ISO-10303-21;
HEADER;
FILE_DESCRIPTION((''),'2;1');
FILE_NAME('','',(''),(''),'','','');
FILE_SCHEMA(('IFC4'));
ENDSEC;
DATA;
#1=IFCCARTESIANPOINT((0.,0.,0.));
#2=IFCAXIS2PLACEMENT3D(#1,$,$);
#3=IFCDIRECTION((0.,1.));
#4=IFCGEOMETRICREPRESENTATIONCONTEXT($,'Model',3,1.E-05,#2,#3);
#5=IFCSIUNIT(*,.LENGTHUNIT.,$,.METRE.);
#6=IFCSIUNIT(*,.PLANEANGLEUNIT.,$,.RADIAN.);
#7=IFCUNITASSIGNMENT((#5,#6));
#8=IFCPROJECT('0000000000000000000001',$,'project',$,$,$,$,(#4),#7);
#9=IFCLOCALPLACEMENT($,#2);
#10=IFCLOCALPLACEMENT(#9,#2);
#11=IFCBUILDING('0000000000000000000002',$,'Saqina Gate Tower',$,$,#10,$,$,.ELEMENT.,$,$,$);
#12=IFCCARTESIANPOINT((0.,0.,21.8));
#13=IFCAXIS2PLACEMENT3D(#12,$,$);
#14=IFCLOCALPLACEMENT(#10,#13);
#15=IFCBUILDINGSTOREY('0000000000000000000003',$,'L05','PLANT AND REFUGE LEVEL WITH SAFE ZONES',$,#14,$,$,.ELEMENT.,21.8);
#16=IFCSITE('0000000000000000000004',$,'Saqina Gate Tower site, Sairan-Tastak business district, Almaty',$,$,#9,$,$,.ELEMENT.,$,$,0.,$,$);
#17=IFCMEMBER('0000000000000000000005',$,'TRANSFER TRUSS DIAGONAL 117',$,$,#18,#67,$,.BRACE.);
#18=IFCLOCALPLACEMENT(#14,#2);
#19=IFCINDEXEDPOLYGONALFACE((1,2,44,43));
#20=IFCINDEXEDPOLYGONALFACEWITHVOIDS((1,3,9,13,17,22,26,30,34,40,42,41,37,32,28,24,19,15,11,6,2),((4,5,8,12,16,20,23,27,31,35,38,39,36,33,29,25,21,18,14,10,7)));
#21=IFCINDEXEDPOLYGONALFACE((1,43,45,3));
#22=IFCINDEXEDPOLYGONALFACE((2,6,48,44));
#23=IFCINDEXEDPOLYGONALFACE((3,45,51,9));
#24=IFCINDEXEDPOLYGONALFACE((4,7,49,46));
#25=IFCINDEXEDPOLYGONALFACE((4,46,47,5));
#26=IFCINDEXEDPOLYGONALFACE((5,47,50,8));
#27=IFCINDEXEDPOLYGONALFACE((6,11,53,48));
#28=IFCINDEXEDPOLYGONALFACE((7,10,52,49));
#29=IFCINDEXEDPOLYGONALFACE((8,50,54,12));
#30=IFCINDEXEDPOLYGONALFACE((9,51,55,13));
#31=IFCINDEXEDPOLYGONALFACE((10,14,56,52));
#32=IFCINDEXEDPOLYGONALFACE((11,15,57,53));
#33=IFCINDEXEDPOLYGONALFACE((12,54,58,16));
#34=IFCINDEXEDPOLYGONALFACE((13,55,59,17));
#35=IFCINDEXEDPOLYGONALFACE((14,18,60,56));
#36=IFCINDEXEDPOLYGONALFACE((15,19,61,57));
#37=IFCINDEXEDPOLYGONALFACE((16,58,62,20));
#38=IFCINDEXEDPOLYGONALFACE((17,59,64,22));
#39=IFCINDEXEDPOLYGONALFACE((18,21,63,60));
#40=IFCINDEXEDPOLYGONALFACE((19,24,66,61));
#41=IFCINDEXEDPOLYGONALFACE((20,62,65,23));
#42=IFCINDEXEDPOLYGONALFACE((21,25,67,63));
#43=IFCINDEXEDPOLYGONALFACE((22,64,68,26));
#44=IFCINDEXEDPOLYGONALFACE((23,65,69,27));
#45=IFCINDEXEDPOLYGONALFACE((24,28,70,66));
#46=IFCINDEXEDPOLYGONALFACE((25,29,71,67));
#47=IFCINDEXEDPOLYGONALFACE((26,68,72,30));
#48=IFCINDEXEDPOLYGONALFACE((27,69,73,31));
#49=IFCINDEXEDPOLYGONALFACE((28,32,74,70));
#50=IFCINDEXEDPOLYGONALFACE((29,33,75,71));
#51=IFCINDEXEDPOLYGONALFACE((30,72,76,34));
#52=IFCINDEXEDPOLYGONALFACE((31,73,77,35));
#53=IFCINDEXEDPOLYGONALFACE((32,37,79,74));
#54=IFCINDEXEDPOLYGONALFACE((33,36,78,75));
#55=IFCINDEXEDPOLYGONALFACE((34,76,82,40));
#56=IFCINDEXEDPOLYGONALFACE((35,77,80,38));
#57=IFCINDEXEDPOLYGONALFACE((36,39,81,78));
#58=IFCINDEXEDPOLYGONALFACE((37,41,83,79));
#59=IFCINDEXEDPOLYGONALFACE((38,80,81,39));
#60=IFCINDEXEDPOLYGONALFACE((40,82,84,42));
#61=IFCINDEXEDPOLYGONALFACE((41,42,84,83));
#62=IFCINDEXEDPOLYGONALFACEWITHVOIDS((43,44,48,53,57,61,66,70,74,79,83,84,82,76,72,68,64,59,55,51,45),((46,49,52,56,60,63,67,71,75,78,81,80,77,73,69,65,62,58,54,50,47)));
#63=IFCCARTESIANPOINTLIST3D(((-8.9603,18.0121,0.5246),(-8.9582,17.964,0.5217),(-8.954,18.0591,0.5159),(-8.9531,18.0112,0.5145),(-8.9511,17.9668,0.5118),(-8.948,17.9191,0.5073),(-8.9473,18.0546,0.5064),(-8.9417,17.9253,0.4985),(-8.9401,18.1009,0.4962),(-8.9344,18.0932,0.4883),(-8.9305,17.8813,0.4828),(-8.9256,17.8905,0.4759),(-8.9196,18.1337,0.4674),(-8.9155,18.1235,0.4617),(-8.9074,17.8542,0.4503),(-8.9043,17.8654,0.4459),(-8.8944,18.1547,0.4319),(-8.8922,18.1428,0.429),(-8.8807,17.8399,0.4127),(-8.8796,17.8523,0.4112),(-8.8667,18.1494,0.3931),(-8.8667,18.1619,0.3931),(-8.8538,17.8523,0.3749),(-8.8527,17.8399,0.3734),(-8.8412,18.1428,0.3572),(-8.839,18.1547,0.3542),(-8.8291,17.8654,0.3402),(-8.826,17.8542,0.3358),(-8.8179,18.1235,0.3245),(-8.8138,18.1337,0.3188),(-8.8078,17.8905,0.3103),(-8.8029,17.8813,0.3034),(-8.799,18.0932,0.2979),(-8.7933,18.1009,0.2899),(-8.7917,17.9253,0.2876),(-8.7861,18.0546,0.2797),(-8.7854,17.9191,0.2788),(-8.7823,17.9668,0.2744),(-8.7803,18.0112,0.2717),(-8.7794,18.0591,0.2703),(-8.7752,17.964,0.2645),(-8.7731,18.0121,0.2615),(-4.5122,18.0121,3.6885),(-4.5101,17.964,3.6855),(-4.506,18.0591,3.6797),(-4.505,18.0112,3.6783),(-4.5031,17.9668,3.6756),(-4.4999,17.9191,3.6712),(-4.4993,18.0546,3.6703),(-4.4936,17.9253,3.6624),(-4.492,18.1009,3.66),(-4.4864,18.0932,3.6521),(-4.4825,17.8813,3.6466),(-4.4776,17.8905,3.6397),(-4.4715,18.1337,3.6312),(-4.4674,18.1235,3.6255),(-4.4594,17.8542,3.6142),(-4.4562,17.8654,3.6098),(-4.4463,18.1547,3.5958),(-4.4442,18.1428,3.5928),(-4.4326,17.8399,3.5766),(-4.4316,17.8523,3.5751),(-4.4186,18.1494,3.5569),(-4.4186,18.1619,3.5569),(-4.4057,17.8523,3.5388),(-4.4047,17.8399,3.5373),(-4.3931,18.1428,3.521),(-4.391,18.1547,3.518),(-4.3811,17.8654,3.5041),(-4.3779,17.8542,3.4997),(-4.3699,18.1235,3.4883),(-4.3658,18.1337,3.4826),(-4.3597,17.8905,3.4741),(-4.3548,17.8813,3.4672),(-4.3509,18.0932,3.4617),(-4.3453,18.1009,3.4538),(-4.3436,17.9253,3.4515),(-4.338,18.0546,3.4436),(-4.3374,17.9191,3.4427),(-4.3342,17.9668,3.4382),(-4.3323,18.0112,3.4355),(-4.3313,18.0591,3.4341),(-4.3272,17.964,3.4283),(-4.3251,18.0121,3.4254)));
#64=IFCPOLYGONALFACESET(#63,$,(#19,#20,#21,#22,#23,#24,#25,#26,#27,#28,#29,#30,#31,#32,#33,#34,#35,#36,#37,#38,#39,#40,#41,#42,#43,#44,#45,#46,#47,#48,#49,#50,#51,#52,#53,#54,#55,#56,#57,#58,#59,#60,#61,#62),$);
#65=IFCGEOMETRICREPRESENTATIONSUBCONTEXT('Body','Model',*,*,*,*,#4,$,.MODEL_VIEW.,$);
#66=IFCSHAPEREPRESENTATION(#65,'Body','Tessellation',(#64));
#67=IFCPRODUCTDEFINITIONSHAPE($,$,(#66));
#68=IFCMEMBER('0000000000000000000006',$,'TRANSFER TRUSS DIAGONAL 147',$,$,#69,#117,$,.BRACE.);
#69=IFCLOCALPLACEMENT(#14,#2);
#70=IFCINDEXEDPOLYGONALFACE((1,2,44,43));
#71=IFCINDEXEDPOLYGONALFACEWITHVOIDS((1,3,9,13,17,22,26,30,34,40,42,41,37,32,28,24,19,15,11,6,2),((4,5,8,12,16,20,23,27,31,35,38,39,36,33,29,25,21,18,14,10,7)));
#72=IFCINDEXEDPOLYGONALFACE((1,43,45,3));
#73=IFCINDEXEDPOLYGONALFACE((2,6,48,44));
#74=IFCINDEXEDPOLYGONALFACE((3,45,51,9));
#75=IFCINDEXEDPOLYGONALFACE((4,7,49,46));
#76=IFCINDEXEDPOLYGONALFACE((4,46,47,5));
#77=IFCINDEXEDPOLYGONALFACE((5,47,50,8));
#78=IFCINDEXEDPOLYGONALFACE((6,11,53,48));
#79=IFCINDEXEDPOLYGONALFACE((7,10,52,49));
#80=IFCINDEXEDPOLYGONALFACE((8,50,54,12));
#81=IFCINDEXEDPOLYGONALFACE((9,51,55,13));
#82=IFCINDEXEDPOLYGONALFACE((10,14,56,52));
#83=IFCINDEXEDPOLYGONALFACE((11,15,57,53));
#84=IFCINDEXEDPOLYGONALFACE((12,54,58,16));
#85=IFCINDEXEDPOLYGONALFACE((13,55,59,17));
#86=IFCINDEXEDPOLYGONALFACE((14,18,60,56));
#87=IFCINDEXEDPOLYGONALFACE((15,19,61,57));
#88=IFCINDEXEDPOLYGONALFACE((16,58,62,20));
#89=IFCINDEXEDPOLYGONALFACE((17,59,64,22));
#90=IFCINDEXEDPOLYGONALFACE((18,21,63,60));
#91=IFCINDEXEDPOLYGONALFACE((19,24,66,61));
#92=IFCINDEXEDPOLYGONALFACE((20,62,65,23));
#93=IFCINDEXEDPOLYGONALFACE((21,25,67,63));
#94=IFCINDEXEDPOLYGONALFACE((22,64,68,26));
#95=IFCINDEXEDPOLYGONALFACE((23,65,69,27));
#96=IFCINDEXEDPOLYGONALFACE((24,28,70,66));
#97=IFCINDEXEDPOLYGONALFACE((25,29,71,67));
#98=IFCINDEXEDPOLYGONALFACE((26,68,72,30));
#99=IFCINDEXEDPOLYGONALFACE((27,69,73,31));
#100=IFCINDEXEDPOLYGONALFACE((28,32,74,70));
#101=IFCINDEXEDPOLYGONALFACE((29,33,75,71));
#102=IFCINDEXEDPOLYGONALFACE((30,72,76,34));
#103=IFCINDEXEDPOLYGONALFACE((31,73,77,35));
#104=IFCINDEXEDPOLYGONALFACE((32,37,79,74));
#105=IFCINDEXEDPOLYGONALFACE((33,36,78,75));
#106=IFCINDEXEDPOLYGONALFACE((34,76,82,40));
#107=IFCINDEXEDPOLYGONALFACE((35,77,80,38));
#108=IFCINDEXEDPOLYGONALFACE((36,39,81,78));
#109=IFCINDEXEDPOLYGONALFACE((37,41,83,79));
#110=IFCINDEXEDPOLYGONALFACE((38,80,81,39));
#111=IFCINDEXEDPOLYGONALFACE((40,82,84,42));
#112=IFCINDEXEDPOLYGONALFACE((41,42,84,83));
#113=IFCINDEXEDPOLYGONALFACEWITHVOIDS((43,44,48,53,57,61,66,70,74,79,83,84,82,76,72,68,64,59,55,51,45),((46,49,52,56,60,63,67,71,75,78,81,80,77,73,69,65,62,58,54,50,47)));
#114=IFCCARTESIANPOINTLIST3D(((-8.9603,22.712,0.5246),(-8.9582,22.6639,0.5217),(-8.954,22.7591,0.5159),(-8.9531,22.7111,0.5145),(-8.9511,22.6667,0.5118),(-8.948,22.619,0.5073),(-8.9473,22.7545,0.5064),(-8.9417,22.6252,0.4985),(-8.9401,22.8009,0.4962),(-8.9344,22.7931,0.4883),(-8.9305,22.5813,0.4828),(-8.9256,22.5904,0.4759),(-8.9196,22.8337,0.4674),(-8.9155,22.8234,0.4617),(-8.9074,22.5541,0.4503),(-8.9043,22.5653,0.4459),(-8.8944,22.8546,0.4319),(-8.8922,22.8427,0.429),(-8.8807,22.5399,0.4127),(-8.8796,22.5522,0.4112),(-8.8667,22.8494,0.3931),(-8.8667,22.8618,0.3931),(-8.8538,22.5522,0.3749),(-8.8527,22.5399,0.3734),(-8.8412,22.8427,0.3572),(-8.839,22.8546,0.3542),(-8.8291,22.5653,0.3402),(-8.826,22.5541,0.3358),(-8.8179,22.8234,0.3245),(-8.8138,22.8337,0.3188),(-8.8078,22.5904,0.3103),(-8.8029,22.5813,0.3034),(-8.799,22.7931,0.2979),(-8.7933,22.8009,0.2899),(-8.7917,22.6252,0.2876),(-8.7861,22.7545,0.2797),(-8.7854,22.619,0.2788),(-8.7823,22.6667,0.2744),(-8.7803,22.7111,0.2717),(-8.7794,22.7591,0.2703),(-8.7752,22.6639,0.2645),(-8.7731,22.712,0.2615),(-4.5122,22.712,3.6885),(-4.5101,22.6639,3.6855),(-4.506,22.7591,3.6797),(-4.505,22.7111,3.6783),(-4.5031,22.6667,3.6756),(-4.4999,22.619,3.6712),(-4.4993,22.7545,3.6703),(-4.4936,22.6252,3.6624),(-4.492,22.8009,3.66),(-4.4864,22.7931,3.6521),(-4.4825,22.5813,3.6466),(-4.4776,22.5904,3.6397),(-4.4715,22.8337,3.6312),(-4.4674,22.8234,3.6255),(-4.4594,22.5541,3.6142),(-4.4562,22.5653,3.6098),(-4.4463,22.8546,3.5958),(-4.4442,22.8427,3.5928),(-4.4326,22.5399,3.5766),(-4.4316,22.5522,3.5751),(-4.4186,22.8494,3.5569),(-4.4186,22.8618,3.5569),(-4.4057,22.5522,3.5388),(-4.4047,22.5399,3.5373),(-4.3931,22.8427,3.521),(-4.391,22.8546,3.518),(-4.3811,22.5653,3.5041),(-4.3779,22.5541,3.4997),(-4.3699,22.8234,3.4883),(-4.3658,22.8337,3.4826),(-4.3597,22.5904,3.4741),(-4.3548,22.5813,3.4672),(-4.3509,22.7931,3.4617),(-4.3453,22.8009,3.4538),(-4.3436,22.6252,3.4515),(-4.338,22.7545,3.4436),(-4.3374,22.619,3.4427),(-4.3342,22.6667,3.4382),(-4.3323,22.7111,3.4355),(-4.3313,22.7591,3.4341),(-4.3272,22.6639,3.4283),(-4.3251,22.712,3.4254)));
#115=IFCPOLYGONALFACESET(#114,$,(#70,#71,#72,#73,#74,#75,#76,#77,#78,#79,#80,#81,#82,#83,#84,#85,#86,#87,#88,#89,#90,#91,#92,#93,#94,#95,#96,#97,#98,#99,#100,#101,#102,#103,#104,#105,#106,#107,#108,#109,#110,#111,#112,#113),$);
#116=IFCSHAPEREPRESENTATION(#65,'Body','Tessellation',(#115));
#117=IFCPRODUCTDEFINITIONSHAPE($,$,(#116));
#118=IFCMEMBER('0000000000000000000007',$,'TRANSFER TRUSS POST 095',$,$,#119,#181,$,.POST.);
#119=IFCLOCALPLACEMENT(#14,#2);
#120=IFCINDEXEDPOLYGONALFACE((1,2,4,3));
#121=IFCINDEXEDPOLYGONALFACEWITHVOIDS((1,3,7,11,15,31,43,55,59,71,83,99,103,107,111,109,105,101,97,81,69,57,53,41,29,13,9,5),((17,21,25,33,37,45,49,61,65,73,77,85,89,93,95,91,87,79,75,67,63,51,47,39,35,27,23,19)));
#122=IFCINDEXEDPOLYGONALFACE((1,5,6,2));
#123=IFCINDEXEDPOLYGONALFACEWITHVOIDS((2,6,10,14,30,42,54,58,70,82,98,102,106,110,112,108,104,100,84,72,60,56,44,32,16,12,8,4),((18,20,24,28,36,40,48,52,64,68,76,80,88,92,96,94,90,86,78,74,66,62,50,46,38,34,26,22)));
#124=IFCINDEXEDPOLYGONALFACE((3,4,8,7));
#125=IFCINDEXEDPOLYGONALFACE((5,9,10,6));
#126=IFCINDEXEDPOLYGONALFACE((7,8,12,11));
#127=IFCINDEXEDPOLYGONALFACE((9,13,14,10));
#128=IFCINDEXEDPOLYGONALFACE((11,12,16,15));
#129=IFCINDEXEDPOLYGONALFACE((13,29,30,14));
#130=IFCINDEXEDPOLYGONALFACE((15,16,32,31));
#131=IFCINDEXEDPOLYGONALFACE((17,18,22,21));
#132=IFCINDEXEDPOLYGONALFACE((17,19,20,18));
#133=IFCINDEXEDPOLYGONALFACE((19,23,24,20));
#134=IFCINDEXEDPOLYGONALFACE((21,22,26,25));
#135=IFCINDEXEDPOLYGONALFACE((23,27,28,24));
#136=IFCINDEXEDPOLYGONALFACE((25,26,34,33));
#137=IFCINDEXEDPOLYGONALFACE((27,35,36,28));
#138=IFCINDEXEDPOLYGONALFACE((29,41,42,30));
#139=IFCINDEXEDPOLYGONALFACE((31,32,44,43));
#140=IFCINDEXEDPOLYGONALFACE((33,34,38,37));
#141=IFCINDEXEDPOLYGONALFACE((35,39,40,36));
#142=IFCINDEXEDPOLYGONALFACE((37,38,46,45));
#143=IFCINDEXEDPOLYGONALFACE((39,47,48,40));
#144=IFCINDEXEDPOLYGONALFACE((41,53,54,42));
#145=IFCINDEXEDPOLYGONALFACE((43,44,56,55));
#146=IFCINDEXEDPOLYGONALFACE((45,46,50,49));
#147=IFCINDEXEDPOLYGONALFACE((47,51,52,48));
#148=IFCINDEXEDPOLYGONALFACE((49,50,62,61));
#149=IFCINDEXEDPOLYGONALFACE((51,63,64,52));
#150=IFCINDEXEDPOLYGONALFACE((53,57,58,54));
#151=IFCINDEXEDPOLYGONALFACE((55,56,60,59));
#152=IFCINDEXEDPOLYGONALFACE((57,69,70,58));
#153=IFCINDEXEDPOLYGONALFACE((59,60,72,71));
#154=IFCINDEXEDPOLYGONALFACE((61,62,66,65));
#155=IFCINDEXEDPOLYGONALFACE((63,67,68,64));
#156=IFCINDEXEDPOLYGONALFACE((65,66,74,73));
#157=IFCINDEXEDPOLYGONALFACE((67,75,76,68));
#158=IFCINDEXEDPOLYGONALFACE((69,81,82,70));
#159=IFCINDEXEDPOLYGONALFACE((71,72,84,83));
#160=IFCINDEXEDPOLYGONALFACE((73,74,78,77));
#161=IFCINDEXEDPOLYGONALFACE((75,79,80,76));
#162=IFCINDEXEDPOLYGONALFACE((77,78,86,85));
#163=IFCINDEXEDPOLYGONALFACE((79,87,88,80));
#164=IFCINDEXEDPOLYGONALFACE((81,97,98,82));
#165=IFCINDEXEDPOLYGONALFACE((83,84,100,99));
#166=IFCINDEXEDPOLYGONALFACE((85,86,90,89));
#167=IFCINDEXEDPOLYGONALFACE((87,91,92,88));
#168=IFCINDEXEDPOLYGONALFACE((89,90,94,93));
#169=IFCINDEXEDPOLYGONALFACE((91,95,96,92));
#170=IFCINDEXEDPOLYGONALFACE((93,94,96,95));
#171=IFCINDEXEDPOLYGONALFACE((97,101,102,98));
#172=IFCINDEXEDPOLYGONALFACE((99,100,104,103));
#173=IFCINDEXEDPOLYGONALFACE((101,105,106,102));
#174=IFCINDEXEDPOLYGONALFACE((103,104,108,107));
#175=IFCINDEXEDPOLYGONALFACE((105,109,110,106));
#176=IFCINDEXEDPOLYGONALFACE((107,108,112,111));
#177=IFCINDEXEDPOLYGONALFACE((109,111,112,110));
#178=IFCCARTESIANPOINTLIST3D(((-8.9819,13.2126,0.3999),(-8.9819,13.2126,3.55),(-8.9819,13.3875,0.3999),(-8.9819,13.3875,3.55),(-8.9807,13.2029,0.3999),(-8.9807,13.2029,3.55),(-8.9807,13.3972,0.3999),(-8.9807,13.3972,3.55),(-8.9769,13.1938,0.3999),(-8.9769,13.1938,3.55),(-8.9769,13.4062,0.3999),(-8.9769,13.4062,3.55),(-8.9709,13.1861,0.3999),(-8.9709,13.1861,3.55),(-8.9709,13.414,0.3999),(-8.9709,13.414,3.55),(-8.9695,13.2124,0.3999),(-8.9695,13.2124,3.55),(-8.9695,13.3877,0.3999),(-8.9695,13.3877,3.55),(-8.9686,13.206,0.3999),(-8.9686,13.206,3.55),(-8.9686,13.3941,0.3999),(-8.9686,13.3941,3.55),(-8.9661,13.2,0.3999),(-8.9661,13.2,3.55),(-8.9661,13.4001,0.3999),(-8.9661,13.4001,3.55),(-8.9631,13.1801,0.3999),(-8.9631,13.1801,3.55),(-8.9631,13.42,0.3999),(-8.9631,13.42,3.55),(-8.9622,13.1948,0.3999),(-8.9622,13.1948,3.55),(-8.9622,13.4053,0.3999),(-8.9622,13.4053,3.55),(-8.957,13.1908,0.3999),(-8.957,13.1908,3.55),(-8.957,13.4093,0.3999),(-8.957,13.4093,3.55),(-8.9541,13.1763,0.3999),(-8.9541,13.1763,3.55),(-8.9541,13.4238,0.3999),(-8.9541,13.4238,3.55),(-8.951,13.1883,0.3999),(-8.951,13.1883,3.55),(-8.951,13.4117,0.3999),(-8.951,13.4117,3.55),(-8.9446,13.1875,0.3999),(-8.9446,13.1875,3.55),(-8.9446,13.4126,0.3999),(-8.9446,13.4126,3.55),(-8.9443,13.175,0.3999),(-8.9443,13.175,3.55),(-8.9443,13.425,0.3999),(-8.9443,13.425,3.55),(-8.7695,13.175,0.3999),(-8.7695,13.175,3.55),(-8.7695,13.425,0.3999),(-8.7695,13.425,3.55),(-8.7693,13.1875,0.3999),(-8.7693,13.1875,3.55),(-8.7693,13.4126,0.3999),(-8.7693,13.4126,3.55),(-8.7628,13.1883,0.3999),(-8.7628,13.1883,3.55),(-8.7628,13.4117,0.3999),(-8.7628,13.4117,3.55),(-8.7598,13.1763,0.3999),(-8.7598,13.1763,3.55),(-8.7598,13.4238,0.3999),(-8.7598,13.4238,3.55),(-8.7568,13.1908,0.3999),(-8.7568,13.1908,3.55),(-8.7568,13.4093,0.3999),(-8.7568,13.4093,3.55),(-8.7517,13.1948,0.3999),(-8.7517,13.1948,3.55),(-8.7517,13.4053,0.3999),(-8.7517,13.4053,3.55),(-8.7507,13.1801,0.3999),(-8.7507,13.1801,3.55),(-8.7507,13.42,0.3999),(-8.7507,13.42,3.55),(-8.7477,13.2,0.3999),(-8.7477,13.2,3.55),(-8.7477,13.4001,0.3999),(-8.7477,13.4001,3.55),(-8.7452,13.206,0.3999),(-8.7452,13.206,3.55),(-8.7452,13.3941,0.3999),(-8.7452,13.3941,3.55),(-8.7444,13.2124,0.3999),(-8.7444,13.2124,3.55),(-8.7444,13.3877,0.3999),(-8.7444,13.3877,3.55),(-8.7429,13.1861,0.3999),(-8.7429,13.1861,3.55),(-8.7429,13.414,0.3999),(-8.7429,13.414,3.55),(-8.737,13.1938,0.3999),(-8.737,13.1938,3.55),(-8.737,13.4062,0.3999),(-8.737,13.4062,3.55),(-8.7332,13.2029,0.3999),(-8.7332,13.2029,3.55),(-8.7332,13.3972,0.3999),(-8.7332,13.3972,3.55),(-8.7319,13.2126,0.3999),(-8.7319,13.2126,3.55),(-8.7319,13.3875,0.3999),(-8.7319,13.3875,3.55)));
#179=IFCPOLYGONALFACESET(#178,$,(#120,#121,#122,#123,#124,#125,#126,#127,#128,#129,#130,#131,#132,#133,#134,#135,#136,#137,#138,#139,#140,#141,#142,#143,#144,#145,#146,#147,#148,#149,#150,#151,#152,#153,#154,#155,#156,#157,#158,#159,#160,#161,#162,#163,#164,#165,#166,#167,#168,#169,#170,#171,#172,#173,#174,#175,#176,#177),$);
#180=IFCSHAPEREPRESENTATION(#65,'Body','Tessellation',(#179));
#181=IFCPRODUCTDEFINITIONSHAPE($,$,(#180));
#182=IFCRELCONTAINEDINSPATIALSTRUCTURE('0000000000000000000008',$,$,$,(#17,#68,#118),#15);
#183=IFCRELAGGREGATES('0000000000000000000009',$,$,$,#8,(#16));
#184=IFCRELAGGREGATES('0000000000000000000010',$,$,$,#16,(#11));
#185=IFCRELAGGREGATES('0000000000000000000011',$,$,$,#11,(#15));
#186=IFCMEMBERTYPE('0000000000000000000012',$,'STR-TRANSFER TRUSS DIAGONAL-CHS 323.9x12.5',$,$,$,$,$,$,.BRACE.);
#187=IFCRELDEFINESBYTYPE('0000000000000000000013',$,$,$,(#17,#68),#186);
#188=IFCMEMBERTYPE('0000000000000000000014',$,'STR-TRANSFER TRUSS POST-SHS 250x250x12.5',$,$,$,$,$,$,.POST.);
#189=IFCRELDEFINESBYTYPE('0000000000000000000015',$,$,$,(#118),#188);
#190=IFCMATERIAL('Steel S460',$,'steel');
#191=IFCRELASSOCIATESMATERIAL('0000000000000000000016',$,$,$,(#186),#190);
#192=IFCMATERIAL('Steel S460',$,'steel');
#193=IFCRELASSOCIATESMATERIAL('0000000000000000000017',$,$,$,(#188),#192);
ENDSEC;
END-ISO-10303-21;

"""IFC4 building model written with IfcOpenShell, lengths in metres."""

from ifc_helpers import new_model, si_unit, direction, frame, origin, origin_2d, place, context, subcontext, project, spatial, hollow_rectangle, hollow_circle, extrude, material, material_profile, profile_set, type_object, element, save


model = new_model("IFC4")

# Units and contexts
model_context = context("Model", 3, precision=1e-05, world=origin(), true_north=direction((0.0, 1.0)))
body_context = subcontext(model_context, "Body", "Model", "MODEL_VIEW")
ifc_project = project(units=[si_unit("LENGTHUNIT", "METRE"), si_unit("PLANEANGLEUNIT", "RADIAN")], contexts=[model_context])

# Site, building, storey
site_placement = place(None, origin())
site = spatial("IfcSite", under=ifc_project, at=site_placement, Name="Saqina Gate Tower site, Sairan-Tastak business district, Almaty", CompositionType="ELEMENT", RefElevation=0.0)
building_placement = place(site_placement, origin())
building = spatial("IfcBuilding", under=site, at=building_placement, Name="Saqina Gate Tower", CompositionType="ELEMENT")
storey_placement = place(building_placement, frame((0.0, 0.0, 21.8)))
storey = spatial("IfcBuildingStorey", under=building, at=storey_placement, Name="L05", Description="PLANT AND REFUGE LEVEL WITH SAFE ZONES", CompositionType="ELEMENT", Elevation=21.8)

# Members
ifc_material_1 = material(Name="Steel S460", Category="steel")
ifc_material_profile_1 = material_profile(ifc_material_1, hollow_circle(Radius=0.1619, WallThickness=0.0125, at=origin_2d()), Name="CHS 323.9x12.5")
ifc_profile_set_1 = profile_set([ifc_material_profile_1], Name="Steel S460")
member_type_1 = type_object("IfcMemberType", Name="STR-TRANSFER TRUSS DIAGONAL-CHS 323.9x12.5", PredefinedType="BRACE", material=ifc_profile_set_1)
for number, where, z_axis, x_axis, name in (
    (1, (-8.8667, 18.0, 0.3931), (0.814886, 0.0, 0.579621), (0.0, 1.0, 0.0), "TRANSFER TRUSS DIAGONAL 117"),
    (2, (-8.8667, 22.7, 0.3931), (0.814886, 0.0, 0.579621), (0.0, 1.0, 0.0), "TRANSFER TRUSS DIAGONAL 147"),
):
    element("IfcMember", number, at=place(storey_placement, frame(where, z_axis=z_axis, x_axis=x_axis)), inside=storey, type_object=member_type_1, Name=name, PredefinedType="BRACE", context=body_context, shape_type="SweptSolid", body=[
        extrude(hollow_circle(Radius=0.1619, WallThickness=0.0125, at=origin_2d()), origin(), (0.0, 0.0, 1.0), 5.4585),
    ])
ifc_material_2 = material(Name="Steel S460", Category="steel")
ifc_material_profile_2 = material_profile(ifc_material_2, hollow_rectangle(XDim=0.25, YDim=0.25, WallThickness=0.0125, InnerFilletRadius=0.0249, OuterFilletRadius=0.0376, at=origin_2d()), Name="SHS 250x250x12.5")
ifc_profile_set_2 = profile_set([ifc_material_profile_2], Name="Steel S460")
member_type_2 = type_object("IfcMemberType", Name="STR-TRANSFER TRUSS POST-SHS 250x250x12.5", PredefinedType="POST", material=ifc_profile_set_2)
for number, where, z_axis, x_axis, name in (
    (3, (-8.8569, 13.3, 0.3999), (0.0, 0.0, 1.0), (1.0, 0.0, 0.0), "TRANSFER TRUSS POST 095"),
):
    element("IfcMember", number, at=place(storey_placement, frame(where, z_axis=z_axis, x_axis=x_axis)), inside=storey, type_object=member_type_2, Name=name, PredefinedType="POST", context=body_context, shape_type="SweptSolid", body=[
        extrude(hollow_rectangle(XDim=0.25, YDim=0.25, WallThickness=0.0125, InnerFilletRadius=0.0249, OuterFilletRadius=0.0376, at=origin_2d()), origin(), (0.0, 0.0, 1.0), 3.1501),
    ])

save(model, "model.ifc")
